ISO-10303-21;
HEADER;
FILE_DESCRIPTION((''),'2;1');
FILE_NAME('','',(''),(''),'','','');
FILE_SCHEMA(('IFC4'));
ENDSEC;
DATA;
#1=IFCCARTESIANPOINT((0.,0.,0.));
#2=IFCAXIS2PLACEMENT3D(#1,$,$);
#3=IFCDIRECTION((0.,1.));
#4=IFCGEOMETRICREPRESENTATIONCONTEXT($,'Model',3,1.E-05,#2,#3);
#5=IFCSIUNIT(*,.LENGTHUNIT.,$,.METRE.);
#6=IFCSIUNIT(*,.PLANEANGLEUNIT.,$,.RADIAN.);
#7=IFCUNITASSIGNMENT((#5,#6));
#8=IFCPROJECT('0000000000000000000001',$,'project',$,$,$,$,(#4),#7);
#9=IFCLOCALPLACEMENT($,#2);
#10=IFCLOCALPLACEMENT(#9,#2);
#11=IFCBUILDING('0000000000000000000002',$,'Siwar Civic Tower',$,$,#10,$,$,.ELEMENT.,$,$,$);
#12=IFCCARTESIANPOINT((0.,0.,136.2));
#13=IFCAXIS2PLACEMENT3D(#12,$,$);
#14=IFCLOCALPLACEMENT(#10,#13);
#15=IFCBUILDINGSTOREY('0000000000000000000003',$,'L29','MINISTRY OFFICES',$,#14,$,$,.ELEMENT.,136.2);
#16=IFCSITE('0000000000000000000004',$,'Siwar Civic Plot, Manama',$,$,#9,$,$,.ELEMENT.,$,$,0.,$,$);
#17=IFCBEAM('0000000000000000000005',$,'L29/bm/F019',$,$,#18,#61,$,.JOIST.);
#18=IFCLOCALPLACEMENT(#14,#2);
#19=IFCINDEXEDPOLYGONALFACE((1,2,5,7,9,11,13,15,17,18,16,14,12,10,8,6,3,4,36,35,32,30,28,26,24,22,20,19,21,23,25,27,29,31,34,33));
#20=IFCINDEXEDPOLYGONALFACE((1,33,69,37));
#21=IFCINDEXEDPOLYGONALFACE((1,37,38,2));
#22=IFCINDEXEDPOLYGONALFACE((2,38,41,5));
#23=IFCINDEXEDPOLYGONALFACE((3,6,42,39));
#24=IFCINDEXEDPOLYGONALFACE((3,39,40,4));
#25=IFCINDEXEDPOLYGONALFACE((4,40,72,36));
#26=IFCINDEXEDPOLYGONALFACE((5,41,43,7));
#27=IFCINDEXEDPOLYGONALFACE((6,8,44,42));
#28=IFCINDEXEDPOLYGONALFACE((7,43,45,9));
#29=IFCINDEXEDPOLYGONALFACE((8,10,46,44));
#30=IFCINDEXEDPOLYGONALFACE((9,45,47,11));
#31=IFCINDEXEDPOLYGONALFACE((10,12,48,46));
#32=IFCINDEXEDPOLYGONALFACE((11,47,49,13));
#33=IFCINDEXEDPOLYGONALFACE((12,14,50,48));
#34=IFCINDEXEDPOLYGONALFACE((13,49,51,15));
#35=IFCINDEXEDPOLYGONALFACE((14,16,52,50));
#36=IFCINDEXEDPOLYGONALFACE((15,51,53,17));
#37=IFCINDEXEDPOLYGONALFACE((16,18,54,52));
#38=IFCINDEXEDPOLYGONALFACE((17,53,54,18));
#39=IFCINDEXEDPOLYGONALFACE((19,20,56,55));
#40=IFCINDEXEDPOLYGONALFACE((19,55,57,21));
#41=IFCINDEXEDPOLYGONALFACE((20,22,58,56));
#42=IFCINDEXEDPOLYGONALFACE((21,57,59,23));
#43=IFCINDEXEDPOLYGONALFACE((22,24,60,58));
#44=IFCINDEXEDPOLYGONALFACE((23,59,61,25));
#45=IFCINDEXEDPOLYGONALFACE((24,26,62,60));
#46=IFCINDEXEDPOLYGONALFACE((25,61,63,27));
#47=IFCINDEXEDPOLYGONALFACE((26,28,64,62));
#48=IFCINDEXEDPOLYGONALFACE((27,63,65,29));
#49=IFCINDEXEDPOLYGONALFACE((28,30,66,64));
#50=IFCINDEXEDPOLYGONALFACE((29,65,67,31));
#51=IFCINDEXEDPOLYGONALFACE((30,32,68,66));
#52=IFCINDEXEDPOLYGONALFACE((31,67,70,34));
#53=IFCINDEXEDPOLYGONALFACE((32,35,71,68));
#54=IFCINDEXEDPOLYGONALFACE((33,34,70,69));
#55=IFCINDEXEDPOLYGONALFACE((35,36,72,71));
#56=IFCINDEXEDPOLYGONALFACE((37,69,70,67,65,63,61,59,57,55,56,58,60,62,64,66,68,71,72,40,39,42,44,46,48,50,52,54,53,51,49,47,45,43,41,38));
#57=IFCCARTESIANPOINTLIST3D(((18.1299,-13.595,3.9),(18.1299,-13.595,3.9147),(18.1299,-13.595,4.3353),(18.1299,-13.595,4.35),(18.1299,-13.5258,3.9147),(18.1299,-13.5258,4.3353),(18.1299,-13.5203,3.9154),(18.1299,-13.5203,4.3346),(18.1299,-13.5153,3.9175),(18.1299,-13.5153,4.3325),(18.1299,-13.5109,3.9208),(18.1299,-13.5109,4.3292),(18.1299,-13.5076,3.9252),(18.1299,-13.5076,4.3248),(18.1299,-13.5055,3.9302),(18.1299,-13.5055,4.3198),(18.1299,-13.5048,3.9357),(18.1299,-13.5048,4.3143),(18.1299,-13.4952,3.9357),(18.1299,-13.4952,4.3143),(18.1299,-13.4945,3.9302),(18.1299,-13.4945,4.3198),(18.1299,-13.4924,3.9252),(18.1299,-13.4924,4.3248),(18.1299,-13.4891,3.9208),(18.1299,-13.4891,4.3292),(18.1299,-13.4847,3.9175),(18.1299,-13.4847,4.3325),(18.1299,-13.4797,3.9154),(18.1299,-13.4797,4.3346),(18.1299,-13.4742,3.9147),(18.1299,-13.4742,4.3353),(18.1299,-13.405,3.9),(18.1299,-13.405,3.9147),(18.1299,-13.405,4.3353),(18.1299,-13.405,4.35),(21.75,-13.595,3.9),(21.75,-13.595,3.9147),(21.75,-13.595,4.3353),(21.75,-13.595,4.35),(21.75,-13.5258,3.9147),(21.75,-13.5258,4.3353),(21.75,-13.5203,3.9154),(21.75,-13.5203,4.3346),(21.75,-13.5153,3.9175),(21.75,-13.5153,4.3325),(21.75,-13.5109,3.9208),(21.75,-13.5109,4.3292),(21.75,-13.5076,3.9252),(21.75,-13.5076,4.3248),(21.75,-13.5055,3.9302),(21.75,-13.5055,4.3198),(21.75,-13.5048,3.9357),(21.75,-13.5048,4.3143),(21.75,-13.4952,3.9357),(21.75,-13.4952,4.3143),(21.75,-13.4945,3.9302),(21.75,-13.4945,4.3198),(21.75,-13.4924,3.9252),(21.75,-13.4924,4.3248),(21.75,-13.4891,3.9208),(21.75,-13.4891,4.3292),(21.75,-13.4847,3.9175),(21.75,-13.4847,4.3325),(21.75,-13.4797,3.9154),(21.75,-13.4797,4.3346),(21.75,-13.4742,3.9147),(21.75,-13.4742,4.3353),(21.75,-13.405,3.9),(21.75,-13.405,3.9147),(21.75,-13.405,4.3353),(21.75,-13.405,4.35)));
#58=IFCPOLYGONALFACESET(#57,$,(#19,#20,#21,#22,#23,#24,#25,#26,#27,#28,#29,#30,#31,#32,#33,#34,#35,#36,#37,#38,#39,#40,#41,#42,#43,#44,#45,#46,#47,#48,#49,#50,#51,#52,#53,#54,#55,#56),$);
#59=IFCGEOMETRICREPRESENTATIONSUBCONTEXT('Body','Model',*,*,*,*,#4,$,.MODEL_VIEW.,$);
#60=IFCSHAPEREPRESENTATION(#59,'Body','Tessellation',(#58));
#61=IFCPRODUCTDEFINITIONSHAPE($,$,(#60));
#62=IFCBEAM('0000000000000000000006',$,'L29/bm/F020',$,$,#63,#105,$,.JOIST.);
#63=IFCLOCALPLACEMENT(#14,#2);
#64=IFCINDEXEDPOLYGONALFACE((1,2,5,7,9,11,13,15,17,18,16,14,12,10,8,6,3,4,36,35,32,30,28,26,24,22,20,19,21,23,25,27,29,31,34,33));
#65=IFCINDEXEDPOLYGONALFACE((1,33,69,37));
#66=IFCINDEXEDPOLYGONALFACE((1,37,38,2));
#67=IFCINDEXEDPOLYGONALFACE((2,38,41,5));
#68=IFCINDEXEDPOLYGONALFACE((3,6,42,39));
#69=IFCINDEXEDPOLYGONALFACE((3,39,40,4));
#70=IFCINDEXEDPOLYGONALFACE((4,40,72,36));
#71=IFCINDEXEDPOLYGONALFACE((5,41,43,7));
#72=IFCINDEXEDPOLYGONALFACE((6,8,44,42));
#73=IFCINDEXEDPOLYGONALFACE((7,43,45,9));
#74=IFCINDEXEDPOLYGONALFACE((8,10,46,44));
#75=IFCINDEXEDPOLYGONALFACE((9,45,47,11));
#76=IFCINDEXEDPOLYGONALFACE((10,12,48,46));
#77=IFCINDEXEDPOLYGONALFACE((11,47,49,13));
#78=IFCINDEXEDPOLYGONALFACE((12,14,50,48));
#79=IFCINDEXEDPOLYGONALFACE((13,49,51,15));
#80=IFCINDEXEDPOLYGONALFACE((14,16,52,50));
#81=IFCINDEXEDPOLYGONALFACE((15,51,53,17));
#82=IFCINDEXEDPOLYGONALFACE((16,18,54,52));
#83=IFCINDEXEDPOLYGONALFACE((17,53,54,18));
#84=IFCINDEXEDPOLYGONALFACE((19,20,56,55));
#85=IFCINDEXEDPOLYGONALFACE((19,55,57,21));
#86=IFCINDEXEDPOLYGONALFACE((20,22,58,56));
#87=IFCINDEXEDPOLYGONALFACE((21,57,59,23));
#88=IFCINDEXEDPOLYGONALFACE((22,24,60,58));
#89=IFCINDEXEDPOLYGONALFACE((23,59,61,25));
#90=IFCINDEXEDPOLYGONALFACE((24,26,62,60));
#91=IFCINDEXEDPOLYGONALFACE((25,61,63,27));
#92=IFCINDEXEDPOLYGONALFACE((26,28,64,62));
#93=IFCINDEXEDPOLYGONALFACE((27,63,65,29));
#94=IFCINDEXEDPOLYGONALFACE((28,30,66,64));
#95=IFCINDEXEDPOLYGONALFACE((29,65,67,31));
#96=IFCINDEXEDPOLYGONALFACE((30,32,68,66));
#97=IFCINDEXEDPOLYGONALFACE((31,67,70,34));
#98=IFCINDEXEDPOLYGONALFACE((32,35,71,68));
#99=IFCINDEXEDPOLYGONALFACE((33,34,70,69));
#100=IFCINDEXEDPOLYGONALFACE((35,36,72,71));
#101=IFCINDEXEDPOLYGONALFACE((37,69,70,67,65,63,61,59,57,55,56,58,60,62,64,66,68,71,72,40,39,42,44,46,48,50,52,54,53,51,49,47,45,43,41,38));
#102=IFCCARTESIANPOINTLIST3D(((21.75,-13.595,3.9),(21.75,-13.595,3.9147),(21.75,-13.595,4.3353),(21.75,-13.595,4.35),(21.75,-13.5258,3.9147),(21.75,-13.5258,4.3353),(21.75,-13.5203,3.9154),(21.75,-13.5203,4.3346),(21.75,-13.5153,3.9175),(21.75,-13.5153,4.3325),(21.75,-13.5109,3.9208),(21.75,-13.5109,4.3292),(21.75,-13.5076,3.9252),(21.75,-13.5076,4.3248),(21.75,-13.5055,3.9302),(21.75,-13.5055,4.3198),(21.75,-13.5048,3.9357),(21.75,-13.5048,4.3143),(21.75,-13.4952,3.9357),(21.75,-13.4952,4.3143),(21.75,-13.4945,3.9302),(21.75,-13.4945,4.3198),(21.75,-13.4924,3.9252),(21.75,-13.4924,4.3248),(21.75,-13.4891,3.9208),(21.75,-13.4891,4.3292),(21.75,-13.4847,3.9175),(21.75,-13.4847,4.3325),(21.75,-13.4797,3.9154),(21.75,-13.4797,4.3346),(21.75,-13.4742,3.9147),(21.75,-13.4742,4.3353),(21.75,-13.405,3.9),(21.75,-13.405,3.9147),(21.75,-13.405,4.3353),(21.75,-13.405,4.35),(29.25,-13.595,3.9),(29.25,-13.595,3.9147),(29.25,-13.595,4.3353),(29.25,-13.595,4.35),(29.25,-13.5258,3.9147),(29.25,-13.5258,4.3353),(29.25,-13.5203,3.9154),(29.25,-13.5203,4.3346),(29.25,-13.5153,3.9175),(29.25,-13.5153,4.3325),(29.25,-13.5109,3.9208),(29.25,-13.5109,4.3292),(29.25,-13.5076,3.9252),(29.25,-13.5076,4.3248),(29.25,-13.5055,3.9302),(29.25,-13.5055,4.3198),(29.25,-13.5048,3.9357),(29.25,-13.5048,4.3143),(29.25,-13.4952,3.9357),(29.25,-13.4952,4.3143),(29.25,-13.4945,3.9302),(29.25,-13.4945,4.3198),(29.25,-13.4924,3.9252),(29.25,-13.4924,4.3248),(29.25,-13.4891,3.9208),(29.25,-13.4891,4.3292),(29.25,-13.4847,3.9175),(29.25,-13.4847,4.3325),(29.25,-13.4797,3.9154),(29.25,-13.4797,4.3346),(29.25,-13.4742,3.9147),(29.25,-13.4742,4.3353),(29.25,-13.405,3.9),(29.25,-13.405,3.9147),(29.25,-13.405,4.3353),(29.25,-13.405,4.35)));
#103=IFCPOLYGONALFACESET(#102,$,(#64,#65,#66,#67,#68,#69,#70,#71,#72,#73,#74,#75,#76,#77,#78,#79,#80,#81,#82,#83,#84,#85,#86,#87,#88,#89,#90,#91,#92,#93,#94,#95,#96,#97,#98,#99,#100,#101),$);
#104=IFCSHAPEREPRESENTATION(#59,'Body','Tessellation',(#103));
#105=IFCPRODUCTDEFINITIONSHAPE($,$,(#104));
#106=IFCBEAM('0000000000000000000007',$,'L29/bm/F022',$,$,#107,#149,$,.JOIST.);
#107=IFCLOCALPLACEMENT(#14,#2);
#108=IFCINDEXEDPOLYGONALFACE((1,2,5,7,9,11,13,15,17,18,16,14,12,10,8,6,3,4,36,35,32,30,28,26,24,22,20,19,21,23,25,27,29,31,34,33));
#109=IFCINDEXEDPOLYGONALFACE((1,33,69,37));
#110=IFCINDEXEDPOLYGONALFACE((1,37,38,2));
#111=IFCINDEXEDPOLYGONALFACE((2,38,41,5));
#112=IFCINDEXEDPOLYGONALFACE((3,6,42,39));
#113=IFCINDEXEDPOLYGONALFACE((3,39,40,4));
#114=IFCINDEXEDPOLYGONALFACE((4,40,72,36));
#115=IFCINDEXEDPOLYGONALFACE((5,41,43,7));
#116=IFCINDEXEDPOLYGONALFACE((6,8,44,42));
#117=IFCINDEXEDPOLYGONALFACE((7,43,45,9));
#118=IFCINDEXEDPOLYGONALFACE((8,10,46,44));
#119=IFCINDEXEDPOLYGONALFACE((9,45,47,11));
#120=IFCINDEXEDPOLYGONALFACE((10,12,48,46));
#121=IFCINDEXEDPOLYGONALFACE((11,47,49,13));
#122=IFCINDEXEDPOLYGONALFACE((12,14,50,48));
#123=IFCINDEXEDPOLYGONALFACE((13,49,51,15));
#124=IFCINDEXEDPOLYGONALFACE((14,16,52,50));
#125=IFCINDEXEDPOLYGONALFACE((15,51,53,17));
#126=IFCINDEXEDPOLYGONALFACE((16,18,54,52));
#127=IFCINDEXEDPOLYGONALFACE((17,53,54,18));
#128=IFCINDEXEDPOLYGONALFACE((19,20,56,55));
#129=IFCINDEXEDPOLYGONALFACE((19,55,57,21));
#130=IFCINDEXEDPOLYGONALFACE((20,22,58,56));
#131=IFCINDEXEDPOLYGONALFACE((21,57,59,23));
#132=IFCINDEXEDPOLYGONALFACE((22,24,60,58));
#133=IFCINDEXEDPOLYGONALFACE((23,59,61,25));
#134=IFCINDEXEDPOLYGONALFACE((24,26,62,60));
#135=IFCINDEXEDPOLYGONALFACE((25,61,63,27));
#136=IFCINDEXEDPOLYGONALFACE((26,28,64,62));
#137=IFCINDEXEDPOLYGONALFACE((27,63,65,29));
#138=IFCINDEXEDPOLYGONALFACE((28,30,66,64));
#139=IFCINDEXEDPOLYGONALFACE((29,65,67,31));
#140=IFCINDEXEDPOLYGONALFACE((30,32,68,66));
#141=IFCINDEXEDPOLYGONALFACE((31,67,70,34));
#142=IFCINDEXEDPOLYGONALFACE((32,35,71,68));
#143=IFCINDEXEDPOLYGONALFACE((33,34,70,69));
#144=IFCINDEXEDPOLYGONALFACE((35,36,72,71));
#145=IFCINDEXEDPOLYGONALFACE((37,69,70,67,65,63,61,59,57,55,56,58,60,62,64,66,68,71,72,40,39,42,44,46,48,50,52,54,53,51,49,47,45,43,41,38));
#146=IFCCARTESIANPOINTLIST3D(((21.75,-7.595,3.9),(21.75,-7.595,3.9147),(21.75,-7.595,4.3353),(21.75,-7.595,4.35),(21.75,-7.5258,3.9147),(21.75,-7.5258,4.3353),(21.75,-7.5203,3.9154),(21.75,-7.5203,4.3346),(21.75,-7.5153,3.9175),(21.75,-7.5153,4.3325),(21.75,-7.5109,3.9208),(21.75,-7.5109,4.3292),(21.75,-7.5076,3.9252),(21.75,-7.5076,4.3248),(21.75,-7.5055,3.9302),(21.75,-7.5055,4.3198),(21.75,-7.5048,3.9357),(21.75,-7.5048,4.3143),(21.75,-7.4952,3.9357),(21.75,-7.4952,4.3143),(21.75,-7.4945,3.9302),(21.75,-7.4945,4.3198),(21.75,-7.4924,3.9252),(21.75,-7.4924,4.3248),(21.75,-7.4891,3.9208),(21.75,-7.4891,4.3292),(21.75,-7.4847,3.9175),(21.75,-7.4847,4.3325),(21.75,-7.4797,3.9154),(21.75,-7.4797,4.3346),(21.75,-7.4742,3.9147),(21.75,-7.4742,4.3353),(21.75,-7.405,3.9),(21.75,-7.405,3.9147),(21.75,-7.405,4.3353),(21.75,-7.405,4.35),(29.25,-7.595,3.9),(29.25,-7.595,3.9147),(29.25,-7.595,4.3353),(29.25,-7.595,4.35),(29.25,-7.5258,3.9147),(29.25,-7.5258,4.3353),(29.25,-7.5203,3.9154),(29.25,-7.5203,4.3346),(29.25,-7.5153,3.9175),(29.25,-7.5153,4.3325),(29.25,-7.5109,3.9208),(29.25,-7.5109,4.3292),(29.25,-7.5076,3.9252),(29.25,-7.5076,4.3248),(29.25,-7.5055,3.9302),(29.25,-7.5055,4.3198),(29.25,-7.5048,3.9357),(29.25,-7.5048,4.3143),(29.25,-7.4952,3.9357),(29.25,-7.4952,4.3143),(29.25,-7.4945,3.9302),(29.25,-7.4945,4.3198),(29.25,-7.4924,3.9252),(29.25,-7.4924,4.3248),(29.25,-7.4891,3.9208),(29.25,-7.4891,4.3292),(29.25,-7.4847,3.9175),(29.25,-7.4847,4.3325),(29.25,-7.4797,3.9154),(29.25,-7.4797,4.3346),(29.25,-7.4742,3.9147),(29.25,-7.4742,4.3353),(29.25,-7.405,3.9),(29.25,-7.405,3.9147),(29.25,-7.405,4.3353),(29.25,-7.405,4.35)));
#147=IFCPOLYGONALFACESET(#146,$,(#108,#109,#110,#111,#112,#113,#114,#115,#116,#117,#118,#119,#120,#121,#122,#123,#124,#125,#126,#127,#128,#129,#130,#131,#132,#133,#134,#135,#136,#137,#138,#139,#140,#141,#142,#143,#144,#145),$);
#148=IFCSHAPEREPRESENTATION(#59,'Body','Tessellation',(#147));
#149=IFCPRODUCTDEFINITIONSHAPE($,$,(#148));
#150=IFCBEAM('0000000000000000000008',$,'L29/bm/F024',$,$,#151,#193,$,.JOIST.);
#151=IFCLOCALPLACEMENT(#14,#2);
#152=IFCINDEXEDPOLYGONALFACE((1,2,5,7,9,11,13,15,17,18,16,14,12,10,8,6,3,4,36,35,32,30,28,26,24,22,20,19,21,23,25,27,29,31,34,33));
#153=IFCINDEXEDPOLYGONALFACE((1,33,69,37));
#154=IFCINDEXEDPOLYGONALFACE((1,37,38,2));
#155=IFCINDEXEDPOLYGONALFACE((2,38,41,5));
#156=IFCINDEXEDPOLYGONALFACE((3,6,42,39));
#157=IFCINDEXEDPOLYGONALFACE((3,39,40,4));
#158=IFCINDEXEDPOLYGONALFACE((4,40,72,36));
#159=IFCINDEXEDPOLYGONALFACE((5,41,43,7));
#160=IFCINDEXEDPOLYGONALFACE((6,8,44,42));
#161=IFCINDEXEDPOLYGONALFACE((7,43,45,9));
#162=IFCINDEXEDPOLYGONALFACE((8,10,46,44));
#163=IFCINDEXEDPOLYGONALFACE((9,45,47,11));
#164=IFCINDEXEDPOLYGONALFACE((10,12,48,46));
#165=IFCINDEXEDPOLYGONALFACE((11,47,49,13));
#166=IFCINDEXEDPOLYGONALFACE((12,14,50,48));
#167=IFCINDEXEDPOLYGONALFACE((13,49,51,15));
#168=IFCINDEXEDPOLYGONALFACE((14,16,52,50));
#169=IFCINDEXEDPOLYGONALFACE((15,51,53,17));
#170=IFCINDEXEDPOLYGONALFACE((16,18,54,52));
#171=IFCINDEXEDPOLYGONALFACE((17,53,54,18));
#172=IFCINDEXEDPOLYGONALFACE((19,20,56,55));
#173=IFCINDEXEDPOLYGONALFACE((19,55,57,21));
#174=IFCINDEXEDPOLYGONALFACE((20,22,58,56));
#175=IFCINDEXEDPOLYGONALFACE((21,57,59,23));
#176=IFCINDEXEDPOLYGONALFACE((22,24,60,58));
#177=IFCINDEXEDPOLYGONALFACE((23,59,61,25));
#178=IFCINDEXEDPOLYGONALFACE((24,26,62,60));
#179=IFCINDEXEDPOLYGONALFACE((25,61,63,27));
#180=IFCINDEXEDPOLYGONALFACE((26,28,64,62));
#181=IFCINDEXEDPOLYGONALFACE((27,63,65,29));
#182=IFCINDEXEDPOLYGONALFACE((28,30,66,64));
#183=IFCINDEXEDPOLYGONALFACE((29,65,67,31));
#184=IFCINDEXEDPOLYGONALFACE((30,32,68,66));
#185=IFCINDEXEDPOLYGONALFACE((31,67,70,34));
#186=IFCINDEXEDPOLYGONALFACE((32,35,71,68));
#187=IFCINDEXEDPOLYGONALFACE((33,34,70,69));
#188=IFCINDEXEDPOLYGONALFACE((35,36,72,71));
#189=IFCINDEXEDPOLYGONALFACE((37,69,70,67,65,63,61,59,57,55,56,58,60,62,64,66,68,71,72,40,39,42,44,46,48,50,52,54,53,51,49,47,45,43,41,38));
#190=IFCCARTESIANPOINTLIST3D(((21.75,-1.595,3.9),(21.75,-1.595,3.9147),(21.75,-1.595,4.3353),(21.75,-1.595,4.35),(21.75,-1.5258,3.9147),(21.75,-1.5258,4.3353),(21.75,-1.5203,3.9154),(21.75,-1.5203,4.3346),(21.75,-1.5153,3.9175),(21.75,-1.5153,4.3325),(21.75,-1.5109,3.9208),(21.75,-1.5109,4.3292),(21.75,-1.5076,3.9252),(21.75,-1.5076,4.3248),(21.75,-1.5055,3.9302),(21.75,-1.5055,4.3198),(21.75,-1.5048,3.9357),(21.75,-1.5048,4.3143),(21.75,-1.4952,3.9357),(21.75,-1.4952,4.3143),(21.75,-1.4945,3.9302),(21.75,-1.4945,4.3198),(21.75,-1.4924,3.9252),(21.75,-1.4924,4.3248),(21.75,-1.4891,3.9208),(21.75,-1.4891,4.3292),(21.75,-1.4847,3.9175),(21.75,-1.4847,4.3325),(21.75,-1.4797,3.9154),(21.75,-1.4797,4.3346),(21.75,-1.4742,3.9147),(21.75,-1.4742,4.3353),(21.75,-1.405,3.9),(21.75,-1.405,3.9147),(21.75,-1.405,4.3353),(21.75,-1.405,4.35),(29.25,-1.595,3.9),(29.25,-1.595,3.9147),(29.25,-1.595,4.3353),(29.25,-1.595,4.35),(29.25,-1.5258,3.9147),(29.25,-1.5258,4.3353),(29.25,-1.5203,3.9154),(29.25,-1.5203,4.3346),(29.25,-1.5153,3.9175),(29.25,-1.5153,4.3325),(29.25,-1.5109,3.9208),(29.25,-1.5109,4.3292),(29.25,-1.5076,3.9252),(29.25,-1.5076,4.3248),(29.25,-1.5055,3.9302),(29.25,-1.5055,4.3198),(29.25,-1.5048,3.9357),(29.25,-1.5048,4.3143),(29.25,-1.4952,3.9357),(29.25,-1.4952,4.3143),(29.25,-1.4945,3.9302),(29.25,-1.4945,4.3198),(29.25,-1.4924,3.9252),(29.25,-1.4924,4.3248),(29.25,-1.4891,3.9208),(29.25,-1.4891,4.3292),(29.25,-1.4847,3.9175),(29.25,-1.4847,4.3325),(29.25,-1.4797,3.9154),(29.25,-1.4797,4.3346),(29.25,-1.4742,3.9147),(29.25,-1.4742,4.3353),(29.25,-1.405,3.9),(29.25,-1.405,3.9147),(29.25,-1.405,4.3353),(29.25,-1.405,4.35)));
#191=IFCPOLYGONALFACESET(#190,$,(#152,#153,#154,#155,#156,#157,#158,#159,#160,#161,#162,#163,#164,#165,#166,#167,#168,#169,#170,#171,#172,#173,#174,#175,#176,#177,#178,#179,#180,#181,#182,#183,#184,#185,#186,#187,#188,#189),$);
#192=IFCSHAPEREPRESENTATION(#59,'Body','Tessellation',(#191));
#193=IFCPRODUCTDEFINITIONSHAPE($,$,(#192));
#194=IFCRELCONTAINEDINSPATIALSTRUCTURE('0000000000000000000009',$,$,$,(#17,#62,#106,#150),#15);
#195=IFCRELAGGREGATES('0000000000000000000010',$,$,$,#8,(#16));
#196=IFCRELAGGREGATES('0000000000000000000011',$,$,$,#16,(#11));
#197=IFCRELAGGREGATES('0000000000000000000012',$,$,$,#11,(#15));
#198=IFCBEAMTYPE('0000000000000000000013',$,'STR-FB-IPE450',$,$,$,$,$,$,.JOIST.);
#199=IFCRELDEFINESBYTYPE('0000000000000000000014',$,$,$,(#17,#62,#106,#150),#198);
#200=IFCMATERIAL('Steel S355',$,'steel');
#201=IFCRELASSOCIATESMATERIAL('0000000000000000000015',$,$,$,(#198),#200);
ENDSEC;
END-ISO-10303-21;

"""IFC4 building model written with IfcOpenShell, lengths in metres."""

from ifc_helpers import new_model, si_unit, direction, frame, origin, origin_2d, place, context, subcontext, project, spatial, i_section, extrude, material, material_profile, profile_set, type_object, element, save


model = new_model("IFC4")

# Units and contexts
model_context = context("Model", 3, precision=1e-05, world=origin(), true_north=direction((0.0, 1.0)))
body_context = subcontext(model_context, "Body", "Model", "MODEL_VIEW")
ifc_project = project(units=[si_unit("LENGTHUNIT", "METRE"), si_unit("PLANEANGLEUNIT", "RADIAN")], contexts=[model_context])

# Site, building, storey
site_placement = place(None, origin())
site = spatial("IfcSite", under=ifc_project, at=site_placement, Name="Siwar Civic Plot, Manama", CompositionType="ELEMENT", RefElevation=0.0)
building_placement = place(site_placement, origin())
building = spatial("IfcBuilding", under=site, at=building_placement, Name="Siwar Civic Tower", CompositionType="ELEMENT")
storey_placement = place(building_placement, frame((0.0, 0.0, 136.2)))
storey = spatial("IfcBuildingStorey", under=building, at=storey_placement, Name="L29", Description="MINISTRY OFFICES", CompositionType="ELEMENT", Elevation=136.2)

# Beams
ifc_material_1 = material(Name="Steel S355", Category="steel")
ifc_material_profile_1 = material_profile(ifc_material_1, i_section(OverallWidth=0.1899, OverallDepth=0.45, WebThickness=0.0095, FlangeThickness=0.0146, FilletRadius=0.021, at=origin_2d()), Name="IPE450")
ifc_profile_set_1 = profile_set([ifc_material_profile_1], Name="Steel S355")
beam_type_1 = type_object("IfcBeamType", Name="STR-FB-IPE450", PredefinedType="JOIST", material=ifc_profile_set_1)
beam_placement = place(storey_placement, frame((18.1299, -13.5, 4.125), z_axis=(1.0, 0.0, 0.0), x_axis=(0.0, 1.0, 0.0)))
element("IfcBeam", 1, at=beam_placement, inside=storey, type_object=beam_type_1, Name="L29/bm/F019", PredefinedType="JOIST", context=body_context, shape_type="SweptSolid", body=[
    extrude(i_section(OverallWidth=0.1899, OverallDepth=0.45, WebThickness=0.0095, FlangeThickness=0.0146, FilletRadius=0.021, at=origin_2d()), origin(), (0.0, 0.0, 1.0), 3.6201),
])
for number, where, z_axis, x_axis, name in (
    (2, (21.75, -13.5, 4.125), (1.0, 0.0, 0.0), (0.0, 1.0, 0.0), "L29/bm/F020"),
    (3, (21.75, -7.5, 4.125), (1.0, 0.0, 0.0), (0.0, 1.0, 0.0), "L29/bm/F022"),
    (4, (21.75, -1.5, 4.125), (1.0, 0.0, 0.0), (0.0, 1.0, 0.0), "L29/bm/F024"),
):
    element("IfcBeam", number, at=place(storey_placement, frame(where, z_axis=z_axis, x_axis=x_axis)), inside=storey, type_object=beam_type_1, Name=name, PredefinedType="JOIST", context=body_context, shape_type="SweptSolid", body=[
        extrude(i_section(OverallWidth=0.1899, OverallDepth=0.45, WebThickness=0.0095, FlangeThickness=0.0146, FilletRadius=0.021, at=origin_2d()), origin(), (0.0, 0.0, 1.0), 7.5),
    ])

save(model, "model.ifc")
